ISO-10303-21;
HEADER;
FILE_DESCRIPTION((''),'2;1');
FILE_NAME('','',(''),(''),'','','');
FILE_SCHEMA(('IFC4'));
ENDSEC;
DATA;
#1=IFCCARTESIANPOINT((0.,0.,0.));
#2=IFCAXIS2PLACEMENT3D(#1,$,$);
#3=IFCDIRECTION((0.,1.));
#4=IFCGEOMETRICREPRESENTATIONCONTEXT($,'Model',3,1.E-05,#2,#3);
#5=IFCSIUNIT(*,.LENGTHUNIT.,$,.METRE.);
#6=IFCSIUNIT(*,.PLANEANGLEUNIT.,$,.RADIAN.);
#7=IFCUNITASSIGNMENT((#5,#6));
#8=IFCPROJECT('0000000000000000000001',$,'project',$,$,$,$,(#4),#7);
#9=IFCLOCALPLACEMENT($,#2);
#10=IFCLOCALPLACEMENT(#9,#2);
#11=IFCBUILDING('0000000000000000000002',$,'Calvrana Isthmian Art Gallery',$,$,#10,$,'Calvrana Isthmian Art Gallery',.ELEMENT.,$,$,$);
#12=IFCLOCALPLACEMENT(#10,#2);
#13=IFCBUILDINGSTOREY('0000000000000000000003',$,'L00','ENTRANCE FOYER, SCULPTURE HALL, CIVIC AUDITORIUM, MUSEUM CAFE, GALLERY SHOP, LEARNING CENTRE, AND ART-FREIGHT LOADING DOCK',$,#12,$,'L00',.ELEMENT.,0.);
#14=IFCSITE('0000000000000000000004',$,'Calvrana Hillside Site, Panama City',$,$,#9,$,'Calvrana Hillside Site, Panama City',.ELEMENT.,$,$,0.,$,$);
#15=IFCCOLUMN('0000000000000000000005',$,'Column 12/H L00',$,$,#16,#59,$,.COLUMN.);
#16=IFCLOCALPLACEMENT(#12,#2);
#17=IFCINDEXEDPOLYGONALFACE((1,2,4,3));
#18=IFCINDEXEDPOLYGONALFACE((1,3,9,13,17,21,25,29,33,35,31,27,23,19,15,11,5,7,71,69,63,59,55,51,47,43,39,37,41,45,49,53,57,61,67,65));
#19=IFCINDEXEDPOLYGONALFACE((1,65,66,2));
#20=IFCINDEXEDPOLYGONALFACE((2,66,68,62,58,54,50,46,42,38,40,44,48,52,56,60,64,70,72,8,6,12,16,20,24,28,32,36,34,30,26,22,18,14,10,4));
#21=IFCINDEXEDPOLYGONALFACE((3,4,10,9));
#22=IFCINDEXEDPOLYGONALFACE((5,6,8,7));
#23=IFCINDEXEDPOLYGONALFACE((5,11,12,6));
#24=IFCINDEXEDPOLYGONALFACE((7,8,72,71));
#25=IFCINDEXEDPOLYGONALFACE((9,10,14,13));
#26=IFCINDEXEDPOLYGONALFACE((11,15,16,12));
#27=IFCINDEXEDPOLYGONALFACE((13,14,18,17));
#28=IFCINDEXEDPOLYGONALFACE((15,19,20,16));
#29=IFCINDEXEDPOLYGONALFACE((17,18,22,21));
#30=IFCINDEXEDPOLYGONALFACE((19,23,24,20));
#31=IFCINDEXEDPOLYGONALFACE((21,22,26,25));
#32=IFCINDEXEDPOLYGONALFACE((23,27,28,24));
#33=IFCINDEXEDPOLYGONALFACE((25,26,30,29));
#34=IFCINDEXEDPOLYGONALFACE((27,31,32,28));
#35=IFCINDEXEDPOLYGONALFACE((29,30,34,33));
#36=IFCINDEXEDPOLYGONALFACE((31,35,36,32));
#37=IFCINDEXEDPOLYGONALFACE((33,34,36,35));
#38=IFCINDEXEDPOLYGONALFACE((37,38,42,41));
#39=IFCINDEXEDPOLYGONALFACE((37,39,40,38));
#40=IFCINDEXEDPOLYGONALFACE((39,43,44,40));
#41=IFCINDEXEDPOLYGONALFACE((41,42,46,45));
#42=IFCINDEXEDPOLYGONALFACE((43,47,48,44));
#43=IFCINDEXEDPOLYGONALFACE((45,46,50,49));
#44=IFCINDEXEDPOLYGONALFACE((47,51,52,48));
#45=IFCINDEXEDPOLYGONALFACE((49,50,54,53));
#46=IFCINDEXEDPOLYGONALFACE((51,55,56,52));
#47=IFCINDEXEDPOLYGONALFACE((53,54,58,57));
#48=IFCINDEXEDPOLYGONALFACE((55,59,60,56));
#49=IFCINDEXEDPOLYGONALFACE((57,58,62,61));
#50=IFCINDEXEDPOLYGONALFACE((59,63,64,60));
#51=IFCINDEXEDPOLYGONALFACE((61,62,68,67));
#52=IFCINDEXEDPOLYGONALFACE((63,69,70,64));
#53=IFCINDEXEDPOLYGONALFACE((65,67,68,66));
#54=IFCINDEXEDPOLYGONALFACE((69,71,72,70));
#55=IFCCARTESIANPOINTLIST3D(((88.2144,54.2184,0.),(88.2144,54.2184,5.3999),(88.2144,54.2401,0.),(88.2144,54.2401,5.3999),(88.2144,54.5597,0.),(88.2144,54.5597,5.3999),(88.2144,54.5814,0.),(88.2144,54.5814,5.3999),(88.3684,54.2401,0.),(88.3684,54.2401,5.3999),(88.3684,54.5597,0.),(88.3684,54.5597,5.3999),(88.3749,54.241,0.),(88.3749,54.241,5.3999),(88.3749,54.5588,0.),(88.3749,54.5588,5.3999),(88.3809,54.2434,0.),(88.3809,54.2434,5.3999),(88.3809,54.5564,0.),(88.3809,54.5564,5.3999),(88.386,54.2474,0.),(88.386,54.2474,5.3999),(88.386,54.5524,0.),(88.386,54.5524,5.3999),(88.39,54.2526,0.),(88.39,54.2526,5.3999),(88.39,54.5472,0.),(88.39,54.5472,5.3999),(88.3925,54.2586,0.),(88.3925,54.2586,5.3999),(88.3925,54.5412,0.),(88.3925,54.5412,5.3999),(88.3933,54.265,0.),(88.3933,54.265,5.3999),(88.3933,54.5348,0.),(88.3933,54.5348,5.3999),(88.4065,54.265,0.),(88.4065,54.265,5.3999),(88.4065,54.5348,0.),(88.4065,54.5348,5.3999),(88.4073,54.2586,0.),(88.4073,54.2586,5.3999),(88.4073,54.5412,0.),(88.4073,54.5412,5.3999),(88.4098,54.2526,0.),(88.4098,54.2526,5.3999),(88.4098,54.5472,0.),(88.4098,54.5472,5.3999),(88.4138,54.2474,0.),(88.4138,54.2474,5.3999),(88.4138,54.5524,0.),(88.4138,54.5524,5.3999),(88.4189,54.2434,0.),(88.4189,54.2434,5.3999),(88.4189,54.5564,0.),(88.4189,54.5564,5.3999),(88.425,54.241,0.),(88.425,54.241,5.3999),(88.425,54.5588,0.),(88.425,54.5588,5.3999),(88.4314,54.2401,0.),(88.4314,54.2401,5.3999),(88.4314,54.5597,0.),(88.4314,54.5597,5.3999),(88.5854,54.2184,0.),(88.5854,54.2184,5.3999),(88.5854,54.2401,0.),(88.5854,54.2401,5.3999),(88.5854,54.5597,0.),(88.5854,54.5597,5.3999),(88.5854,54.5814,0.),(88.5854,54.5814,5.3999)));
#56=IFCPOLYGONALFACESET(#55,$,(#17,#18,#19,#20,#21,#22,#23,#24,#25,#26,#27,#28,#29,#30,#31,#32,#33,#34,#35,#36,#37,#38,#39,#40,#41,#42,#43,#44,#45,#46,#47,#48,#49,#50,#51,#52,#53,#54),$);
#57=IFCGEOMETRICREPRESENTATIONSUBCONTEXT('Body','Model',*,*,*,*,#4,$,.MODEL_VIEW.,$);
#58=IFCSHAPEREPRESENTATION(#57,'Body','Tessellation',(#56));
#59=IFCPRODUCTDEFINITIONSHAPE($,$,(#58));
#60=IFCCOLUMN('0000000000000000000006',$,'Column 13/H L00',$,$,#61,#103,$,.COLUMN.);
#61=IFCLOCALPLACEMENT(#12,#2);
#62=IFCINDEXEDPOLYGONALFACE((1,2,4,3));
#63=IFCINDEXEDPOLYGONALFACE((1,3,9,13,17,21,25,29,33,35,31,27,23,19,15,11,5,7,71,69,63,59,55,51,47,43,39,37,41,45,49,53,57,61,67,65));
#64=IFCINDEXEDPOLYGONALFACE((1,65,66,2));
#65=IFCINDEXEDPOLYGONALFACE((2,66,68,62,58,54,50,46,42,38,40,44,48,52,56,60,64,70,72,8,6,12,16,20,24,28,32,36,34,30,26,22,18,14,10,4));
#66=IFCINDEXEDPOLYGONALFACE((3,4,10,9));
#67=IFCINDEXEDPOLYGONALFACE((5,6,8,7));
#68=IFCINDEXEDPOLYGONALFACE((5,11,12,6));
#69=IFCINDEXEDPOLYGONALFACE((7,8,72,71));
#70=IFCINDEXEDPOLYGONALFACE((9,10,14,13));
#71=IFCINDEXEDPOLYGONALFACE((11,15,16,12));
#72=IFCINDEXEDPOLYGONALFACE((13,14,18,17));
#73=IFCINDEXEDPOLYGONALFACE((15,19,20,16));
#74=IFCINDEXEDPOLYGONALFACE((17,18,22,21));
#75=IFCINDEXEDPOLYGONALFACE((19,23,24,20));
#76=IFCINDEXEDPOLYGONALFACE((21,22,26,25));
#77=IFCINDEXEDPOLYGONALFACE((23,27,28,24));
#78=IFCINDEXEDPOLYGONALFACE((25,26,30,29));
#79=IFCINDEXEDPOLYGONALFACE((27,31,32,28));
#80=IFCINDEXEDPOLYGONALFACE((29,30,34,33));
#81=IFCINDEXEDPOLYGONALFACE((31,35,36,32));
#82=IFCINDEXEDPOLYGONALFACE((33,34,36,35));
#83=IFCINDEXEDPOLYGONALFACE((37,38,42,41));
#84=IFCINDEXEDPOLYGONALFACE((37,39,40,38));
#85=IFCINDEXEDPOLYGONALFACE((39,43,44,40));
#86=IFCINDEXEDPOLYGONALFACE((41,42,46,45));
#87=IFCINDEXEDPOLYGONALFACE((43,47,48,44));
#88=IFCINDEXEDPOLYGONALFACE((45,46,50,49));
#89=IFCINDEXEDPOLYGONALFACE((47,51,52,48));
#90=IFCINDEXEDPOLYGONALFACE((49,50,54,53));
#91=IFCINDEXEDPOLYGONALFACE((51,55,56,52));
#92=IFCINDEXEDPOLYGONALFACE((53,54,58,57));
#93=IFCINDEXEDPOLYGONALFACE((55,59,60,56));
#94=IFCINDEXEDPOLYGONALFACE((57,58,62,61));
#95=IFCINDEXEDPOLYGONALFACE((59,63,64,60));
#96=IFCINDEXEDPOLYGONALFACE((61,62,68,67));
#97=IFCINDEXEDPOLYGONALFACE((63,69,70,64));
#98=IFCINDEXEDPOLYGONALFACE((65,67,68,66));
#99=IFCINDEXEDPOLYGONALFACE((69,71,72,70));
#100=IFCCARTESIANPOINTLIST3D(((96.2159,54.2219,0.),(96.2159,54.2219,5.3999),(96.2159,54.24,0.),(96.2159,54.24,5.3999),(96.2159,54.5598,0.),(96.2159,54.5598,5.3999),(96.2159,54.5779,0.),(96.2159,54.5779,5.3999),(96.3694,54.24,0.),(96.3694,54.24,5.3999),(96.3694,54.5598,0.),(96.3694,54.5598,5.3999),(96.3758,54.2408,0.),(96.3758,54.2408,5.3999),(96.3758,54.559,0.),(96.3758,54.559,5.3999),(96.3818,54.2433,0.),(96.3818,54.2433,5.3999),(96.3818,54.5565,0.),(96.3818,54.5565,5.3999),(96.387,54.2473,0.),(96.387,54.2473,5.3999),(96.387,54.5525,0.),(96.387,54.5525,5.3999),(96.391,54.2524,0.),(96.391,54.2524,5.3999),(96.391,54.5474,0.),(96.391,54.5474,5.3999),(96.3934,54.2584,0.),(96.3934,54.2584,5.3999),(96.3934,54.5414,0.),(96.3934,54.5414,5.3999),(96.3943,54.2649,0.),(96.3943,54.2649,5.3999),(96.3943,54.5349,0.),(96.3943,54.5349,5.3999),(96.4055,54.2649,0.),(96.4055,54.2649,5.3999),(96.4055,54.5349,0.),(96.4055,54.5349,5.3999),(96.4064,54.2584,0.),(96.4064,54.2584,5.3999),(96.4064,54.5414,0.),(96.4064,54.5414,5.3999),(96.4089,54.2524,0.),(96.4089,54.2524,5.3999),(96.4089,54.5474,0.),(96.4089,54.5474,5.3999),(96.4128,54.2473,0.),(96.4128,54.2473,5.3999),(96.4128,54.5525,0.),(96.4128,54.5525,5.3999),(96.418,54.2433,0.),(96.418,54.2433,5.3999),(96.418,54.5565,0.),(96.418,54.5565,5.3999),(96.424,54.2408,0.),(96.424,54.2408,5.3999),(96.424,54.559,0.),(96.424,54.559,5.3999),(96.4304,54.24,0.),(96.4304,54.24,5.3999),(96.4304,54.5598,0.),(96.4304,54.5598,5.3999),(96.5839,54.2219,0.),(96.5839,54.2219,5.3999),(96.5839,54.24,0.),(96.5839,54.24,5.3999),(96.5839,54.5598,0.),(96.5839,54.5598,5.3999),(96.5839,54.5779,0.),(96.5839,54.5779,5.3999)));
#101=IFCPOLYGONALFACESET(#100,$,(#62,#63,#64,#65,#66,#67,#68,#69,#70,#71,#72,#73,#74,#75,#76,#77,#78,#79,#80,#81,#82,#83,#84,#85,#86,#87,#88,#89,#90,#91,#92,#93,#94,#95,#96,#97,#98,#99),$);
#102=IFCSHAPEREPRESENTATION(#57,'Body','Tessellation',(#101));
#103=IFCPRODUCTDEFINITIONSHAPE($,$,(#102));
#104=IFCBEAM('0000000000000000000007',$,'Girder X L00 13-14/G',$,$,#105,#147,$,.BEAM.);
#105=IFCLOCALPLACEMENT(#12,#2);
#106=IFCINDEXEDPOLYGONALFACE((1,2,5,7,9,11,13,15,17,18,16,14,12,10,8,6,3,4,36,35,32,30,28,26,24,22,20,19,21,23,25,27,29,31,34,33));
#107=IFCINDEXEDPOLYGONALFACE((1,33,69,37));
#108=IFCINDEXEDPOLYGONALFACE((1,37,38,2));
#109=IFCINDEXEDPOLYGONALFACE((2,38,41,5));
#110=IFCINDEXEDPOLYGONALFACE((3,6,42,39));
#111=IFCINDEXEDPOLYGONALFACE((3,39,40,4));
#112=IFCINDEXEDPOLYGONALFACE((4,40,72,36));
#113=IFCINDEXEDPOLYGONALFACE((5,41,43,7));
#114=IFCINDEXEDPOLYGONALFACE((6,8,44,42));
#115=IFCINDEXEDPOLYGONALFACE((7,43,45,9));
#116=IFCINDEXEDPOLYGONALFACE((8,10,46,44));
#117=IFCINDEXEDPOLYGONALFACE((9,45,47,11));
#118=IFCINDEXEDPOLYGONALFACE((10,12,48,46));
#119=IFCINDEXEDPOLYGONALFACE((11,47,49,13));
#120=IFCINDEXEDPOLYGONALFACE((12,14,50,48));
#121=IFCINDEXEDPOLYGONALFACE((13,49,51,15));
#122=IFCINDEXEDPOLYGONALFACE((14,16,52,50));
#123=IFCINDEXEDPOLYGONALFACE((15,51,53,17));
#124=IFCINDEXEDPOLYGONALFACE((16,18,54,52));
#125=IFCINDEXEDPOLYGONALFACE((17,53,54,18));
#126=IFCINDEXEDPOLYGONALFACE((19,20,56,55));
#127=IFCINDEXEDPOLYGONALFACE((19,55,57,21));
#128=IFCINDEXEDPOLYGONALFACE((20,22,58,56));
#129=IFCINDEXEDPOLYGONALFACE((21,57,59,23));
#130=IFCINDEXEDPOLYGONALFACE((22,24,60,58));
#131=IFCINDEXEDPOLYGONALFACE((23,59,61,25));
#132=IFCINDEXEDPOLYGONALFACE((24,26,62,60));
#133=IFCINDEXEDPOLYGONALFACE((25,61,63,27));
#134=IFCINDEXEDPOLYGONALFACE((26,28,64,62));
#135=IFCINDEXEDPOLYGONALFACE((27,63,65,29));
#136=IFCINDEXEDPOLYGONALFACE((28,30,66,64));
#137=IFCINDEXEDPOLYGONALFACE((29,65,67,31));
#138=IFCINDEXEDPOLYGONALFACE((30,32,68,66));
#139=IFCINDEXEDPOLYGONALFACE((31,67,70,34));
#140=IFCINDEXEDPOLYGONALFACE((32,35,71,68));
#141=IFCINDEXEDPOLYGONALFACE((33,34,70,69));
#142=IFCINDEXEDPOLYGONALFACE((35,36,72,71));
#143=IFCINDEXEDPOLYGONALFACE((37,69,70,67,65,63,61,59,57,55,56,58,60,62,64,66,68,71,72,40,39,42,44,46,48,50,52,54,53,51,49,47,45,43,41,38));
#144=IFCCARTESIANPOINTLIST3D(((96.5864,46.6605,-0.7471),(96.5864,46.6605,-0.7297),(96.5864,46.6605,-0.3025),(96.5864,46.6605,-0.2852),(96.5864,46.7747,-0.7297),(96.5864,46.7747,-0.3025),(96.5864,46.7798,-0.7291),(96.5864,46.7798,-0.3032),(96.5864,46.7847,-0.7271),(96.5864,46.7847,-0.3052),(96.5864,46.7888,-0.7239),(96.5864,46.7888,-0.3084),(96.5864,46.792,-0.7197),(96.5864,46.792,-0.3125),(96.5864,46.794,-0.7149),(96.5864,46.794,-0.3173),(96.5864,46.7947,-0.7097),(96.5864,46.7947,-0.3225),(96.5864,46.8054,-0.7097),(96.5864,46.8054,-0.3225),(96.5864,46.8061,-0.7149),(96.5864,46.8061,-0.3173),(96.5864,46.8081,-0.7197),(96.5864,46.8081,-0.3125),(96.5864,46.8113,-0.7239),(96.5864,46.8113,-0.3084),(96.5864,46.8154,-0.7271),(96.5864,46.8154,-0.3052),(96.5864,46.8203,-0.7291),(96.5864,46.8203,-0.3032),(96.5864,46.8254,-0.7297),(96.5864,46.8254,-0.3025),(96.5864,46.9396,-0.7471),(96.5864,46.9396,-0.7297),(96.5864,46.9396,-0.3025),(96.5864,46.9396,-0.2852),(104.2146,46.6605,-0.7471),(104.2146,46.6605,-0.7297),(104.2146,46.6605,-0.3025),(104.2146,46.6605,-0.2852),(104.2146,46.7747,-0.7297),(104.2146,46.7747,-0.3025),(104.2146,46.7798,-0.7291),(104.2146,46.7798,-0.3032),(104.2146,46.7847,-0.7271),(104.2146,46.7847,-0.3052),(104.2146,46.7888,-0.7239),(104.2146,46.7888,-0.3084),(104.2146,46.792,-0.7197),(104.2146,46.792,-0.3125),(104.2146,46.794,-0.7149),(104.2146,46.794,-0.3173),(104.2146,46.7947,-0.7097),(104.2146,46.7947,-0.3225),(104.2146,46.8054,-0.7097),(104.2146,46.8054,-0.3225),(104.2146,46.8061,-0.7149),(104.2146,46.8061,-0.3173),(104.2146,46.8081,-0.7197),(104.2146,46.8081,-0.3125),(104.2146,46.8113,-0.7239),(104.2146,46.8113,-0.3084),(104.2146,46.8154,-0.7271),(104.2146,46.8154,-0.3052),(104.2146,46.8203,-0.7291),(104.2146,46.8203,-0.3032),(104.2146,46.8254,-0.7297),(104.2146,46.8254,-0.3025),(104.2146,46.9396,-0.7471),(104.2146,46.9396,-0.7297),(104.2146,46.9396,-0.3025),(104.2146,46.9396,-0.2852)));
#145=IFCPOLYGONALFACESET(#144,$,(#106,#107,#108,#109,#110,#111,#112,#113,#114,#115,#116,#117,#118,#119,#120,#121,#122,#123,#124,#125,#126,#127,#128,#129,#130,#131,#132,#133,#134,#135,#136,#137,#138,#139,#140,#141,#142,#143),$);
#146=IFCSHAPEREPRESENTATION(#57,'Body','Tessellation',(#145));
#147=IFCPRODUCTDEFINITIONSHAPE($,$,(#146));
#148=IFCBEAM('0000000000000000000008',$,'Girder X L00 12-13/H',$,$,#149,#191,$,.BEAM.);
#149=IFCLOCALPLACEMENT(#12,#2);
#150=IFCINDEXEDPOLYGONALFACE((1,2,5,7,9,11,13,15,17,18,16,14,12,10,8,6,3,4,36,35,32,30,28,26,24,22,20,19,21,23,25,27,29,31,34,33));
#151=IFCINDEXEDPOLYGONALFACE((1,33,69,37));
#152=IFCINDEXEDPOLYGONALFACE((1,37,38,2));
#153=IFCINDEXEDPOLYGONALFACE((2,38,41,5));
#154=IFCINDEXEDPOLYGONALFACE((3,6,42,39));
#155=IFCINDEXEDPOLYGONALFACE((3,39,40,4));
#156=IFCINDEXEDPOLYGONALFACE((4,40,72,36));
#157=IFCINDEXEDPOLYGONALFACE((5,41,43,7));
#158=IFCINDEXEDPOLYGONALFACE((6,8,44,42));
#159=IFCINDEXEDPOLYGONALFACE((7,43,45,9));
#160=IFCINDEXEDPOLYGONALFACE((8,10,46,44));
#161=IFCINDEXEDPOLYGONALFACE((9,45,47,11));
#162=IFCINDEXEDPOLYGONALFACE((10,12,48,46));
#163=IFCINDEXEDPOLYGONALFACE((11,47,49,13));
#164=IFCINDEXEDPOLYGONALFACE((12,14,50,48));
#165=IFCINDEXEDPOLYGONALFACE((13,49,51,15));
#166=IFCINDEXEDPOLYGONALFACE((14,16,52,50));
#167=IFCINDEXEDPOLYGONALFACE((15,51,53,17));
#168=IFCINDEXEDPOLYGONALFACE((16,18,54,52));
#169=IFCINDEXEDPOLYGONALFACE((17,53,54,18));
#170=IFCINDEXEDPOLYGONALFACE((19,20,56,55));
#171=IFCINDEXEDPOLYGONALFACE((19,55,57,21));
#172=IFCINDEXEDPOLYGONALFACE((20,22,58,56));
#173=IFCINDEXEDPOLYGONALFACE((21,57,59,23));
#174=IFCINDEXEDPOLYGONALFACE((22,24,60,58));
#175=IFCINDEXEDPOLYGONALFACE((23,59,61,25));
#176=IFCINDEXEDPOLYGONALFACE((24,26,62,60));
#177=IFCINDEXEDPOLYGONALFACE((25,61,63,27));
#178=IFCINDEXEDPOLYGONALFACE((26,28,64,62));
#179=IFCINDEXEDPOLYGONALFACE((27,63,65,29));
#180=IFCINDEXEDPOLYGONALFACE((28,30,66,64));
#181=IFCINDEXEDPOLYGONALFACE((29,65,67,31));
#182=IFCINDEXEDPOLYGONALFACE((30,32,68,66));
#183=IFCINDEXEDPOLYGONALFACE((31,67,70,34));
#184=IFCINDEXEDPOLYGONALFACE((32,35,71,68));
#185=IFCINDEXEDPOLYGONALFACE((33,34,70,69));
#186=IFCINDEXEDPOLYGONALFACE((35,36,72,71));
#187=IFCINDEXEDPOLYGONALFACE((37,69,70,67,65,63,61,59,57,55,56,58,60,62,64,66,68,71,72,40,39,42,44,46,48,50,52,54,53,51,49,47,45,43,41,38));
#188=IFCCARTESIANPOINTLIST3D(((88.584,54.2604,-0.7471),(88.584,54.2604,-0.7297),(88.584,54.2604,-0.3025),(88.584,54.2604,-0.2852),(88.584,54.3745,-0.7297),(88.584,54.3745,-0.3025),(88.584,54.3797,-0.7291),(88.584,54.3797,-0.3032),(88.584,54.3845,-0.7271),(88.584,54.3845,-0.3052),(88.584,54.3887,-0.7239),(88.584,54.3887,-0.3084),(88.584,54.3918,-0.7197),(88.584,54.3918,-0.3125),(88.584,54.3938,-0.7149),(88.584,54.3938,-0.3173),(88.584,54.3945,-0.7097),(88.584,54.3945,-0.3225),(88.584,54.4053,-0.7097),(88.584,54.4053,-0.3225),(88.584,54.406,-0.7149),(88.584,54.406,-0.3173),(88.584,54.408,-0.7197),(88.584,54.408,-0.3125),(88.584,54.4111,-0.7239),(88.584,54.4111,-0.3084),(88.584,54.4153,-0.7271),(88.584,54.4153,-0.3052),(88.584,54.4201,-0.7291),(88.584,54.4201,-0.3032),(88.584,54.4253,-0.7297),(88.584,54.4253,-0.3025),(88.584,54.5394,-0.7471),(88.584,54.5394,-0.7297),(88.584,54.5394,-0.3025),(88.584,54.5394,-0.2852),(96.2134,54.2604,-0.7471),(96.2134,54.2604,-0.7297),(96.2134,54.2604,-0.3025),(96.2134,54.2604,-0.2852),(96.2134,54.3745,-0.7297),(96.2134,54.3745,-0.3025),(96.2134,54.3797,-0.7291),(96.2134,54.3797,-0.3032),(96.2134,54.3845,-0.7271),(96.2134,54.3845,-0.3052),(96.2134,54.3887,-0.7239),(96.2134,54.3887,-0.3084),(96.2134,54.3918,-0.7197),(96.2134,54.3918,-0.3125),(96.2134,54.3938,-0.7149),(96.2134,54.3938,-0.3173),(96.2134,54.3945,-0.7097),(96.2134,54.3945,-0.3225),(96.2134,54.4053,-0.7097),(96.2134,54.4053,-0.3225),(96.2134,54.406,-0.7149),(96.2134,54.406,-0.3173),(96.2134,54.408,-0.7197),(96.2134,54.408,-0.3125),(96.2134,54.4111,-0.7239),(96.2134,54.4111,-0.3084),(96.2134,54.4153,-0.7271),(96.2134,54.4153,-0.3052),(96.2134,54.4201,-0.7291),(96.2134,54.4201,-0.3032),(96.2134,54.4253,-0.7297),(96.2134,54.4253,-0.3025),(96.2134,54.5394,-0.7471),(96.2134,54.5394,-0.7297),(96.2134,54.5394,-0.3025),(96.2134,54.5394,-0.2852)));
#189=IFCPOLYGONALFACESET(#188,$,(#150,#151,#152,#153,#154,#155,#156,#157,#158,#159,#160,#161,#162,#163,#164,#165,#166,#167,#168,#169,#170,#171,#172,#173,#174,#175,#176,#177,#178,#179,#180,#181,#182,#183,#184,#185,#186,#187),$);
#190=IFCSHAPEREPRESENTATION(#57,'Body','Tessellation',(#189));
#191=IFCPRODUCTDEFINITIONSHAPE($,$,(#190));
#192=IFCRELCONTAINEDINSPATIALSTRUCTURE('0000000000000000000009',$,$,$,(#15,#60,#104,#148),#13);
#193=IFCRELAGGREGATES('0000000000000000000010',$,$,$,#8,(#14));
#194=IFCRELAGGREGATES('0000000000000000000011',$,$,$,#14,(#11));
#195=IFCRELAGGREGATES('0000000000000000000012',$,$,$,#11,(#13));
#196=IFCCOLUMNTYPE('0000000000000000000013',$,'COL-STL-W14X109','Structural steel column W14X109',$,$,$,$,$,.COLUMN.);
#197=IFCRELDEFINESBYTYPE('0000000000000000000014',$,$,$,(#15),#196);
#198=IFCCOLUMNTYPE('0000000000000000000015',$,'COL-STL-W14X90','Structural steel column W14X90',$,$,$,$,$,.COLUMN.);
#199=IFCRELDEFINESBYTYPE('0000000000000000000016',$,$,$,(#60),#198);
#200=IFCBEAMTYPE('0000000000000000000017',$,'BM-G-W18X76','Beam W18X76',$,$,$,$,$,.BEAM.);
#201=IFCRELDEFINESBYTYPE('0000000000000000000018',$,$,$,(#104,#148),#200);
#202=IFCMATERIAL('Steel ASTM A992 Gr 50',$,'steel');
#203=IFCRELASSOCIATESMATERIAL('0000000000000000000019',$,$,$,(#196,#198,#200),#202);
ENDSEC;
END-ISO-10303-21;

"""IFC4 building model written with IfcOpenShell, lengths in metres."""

from ifc_helpers import new_model, si_unit, direction, frame, origin, origin_2d, place, context, subcontext, project, spatial, i_section, extrude, material, material_profile, profile_set, type_object, element, save


model = new_model("IFC4")

# Units and contexts
model_context = context("Model", 3, precision=1e-05, world=origin(), true_north=direction((0.0, 1.0)))
body_context = subcontext(model_context, "Body", "Model", "MODEL_VIEW")
ifc_project = project(units=[si_unit("LENGTHUNIT", "METRE"), si_unit("PLANEANGLEUNIT", "RADIAN")], contexts=[model_context])

# Site, building, storey
site_placement = place(None, origin())
site = spatial("IfcSite", under=ifc_project, at=site_placement, Name="Calvrana Hillside Site, Panama City", LongName="Calvrana Hillside Site, Panama City", CompositionType="ELEMENT", RefElevation=0.0)
building_placement = place(site_placement, origin())
building = spatial("IfcBuilding", under=site, at=building_placement, Name="Calvrana Isthmian Art Gallery", LongName="Calvrana Isthmian Art Gallery", CompositionType="ELEMENT")
storey_placement = place(building_placement, origin())
storey = spatial("IfcBuildingStorey", under=building, at=storey_placement, Name="L00", Description="ENTRANCE FOYER, SCULPTURE HALL, CIVIC AUDITORIUM, MUSEUM CAFE, GALLERY SHOP, LEARNING CENTRE, AND ART-FREIGHT LOADING DOCK", LongName="L00", CompositionType="ELEMENT", Elevation=0.0)

# Columns
ifc_material_1 = material(Name="Steel ASTM A992 Gr 50", Category="steel")
ifc_material_profile_1 = material_profile(ifc_material_1, i_section(OverallWidth=0.3711, OverallDepth=0.363, WebThickness=0.0132, FlangeThickness=0.0217, FilletRadius=0.0249, at=origin_2d()), Name="W14X109")
ifc_profile_set_1 = profile_set([ifc_material_profile_1], Name="Steel ASTM A992 Gr 50")
column_type_1 = type_object("IfcColumnType", Name="COL-STL-W14X109", Description="Structural steel column W14X109", PredefinedType="COLUMN", material=ifc_profile_set_1)
column_1_placement = place(storey_placement, frame((88.3999, 54.3999, 0.0), z_axis=(0.0, 0.0, 1.0), x_axis=(1.0, 0.0, 0.0)))
element("IfcColumn", 1, at=column_1_placement, inside=storey, type_object=column_type_1, Name="Column 12/H L00", PredefinedType="COLUMN", context=body_context, shape_type="SweptSolid", body=[
    extrude(i_section(OverallWidth=0.3711, OverallDepth=0.363, WebThickness=0.0132, FlangeThickness=0.0217, FilletRadius=0.0249, at=origin_2d()), origin(), (0.0, 0.0, 1.0), 5.3999),
])
ifc_material_profile_2 = material_profile(ifc_material_1, i_section(OverallWidth=0.3679, OverallDepth=0.356, WebThickness=0.0112, FlangeThickness=0.0181, FilletRadius=0.0249, at=origin_2d()), Name="W14X90")
ifc_profile_set_2 = profile_set([ifc_material_profile_2], Name="Steel ASTM A992 Gr 50")
column_type_2 = type_object("IfcColumnType", Name="COL-STL-W14X90", Description="Structural steel column W14X90", PredefinedType="COLUMN", material=ifc_profile_set_2)
column_2_placement = place(storey_placement, frame((96.3999, 54.3999, 0.0), z_axis=(0.0, 0.0, 1.0), x_axis=(1.0, 0.0, 0.0)))
element("IfcColumn", 2, at=column_2_placement, inside=storey, type_object=column_type_2, Name="Column 13/H L00", PredefinedType="COLUMN", context=body_context, shape_type="SweptSolid", body=[
    extrude(i_section(OverallWidth=0.3679, OverallDepth=0.356, WebThickness=0.0112, FlangeThickness=0.0181, FilletRadius=0.0249, at=origin_2d()), origin(), (0.0, 0.0, 1.0), 5.3999),
])

# Beams
ifc_material_profile_3 = material_profile(ifc_material_1, i_section(OverallWidth=0.2791, OverallDepth=0.4619, WebThickness=0.0107, FlangeThickness=0.0173, FilletRadius=0.02, at=origin_2d()), Name="W18X76")
ifc_profile_set_3 = profile_set([ifc_material_profile_3], Name="Steel ASTM A992 Gr 50")
beam_type_1 = type_object("IfcBeamType", Name="BM-G-W18X76", Description="Beam W18X76", PredefinedType="BEAM", material=ifc_profile_set_3)
beam_1_placement = place(storey_placement, frame((96.5864, 46.8, -0.5161), z_axis=(1.0, 0.0, 0.0), x_axis=(0.0, 1.0, 0.0)))
element("IfcBeam", 3, at=beam_1_placement, inside=storey, type_object=beam_type_1, Name="Girder X L00 13-14/G", PredefinedType="BEAM", context=body_context, shape_type="SweptSolid", body=[
    extrude(i_section(OverallWidth=0.2791, OverallDepth=0.4619, WebThickness=0.0107, FlangeThickness=0.0173, FilletRadius=0.02, at=origin_2d()), origin(), (0.0, 0.0, 1.0), 7.6282),
])
beam_2_placement = place(storey_placement, frame((88.584, 54.3999, -0.5161), z_axis=(1.0, 0.0, 0.0), x_axis=(0.0, 1.0, 0.0)))
element("IfcBeam", 4, at=beam_2_placement, inside=storey, type_object=beam_type_1, Name="Girder X L00 12-13/H", PredefinedType="BEAM", context=body_context, shape_type="SweptSolid", body=[
    extrude(i_section(OverallWidth=0.2791, OverallDepth=0.4619, WebThickness=0.0107, FlangeThickness=0.0173, FilletRadius=0.02, at=origin_2d()), origin(), (0.0, 0.0, 1.0), 7.6294),
])

save(model, "model.ifc")
